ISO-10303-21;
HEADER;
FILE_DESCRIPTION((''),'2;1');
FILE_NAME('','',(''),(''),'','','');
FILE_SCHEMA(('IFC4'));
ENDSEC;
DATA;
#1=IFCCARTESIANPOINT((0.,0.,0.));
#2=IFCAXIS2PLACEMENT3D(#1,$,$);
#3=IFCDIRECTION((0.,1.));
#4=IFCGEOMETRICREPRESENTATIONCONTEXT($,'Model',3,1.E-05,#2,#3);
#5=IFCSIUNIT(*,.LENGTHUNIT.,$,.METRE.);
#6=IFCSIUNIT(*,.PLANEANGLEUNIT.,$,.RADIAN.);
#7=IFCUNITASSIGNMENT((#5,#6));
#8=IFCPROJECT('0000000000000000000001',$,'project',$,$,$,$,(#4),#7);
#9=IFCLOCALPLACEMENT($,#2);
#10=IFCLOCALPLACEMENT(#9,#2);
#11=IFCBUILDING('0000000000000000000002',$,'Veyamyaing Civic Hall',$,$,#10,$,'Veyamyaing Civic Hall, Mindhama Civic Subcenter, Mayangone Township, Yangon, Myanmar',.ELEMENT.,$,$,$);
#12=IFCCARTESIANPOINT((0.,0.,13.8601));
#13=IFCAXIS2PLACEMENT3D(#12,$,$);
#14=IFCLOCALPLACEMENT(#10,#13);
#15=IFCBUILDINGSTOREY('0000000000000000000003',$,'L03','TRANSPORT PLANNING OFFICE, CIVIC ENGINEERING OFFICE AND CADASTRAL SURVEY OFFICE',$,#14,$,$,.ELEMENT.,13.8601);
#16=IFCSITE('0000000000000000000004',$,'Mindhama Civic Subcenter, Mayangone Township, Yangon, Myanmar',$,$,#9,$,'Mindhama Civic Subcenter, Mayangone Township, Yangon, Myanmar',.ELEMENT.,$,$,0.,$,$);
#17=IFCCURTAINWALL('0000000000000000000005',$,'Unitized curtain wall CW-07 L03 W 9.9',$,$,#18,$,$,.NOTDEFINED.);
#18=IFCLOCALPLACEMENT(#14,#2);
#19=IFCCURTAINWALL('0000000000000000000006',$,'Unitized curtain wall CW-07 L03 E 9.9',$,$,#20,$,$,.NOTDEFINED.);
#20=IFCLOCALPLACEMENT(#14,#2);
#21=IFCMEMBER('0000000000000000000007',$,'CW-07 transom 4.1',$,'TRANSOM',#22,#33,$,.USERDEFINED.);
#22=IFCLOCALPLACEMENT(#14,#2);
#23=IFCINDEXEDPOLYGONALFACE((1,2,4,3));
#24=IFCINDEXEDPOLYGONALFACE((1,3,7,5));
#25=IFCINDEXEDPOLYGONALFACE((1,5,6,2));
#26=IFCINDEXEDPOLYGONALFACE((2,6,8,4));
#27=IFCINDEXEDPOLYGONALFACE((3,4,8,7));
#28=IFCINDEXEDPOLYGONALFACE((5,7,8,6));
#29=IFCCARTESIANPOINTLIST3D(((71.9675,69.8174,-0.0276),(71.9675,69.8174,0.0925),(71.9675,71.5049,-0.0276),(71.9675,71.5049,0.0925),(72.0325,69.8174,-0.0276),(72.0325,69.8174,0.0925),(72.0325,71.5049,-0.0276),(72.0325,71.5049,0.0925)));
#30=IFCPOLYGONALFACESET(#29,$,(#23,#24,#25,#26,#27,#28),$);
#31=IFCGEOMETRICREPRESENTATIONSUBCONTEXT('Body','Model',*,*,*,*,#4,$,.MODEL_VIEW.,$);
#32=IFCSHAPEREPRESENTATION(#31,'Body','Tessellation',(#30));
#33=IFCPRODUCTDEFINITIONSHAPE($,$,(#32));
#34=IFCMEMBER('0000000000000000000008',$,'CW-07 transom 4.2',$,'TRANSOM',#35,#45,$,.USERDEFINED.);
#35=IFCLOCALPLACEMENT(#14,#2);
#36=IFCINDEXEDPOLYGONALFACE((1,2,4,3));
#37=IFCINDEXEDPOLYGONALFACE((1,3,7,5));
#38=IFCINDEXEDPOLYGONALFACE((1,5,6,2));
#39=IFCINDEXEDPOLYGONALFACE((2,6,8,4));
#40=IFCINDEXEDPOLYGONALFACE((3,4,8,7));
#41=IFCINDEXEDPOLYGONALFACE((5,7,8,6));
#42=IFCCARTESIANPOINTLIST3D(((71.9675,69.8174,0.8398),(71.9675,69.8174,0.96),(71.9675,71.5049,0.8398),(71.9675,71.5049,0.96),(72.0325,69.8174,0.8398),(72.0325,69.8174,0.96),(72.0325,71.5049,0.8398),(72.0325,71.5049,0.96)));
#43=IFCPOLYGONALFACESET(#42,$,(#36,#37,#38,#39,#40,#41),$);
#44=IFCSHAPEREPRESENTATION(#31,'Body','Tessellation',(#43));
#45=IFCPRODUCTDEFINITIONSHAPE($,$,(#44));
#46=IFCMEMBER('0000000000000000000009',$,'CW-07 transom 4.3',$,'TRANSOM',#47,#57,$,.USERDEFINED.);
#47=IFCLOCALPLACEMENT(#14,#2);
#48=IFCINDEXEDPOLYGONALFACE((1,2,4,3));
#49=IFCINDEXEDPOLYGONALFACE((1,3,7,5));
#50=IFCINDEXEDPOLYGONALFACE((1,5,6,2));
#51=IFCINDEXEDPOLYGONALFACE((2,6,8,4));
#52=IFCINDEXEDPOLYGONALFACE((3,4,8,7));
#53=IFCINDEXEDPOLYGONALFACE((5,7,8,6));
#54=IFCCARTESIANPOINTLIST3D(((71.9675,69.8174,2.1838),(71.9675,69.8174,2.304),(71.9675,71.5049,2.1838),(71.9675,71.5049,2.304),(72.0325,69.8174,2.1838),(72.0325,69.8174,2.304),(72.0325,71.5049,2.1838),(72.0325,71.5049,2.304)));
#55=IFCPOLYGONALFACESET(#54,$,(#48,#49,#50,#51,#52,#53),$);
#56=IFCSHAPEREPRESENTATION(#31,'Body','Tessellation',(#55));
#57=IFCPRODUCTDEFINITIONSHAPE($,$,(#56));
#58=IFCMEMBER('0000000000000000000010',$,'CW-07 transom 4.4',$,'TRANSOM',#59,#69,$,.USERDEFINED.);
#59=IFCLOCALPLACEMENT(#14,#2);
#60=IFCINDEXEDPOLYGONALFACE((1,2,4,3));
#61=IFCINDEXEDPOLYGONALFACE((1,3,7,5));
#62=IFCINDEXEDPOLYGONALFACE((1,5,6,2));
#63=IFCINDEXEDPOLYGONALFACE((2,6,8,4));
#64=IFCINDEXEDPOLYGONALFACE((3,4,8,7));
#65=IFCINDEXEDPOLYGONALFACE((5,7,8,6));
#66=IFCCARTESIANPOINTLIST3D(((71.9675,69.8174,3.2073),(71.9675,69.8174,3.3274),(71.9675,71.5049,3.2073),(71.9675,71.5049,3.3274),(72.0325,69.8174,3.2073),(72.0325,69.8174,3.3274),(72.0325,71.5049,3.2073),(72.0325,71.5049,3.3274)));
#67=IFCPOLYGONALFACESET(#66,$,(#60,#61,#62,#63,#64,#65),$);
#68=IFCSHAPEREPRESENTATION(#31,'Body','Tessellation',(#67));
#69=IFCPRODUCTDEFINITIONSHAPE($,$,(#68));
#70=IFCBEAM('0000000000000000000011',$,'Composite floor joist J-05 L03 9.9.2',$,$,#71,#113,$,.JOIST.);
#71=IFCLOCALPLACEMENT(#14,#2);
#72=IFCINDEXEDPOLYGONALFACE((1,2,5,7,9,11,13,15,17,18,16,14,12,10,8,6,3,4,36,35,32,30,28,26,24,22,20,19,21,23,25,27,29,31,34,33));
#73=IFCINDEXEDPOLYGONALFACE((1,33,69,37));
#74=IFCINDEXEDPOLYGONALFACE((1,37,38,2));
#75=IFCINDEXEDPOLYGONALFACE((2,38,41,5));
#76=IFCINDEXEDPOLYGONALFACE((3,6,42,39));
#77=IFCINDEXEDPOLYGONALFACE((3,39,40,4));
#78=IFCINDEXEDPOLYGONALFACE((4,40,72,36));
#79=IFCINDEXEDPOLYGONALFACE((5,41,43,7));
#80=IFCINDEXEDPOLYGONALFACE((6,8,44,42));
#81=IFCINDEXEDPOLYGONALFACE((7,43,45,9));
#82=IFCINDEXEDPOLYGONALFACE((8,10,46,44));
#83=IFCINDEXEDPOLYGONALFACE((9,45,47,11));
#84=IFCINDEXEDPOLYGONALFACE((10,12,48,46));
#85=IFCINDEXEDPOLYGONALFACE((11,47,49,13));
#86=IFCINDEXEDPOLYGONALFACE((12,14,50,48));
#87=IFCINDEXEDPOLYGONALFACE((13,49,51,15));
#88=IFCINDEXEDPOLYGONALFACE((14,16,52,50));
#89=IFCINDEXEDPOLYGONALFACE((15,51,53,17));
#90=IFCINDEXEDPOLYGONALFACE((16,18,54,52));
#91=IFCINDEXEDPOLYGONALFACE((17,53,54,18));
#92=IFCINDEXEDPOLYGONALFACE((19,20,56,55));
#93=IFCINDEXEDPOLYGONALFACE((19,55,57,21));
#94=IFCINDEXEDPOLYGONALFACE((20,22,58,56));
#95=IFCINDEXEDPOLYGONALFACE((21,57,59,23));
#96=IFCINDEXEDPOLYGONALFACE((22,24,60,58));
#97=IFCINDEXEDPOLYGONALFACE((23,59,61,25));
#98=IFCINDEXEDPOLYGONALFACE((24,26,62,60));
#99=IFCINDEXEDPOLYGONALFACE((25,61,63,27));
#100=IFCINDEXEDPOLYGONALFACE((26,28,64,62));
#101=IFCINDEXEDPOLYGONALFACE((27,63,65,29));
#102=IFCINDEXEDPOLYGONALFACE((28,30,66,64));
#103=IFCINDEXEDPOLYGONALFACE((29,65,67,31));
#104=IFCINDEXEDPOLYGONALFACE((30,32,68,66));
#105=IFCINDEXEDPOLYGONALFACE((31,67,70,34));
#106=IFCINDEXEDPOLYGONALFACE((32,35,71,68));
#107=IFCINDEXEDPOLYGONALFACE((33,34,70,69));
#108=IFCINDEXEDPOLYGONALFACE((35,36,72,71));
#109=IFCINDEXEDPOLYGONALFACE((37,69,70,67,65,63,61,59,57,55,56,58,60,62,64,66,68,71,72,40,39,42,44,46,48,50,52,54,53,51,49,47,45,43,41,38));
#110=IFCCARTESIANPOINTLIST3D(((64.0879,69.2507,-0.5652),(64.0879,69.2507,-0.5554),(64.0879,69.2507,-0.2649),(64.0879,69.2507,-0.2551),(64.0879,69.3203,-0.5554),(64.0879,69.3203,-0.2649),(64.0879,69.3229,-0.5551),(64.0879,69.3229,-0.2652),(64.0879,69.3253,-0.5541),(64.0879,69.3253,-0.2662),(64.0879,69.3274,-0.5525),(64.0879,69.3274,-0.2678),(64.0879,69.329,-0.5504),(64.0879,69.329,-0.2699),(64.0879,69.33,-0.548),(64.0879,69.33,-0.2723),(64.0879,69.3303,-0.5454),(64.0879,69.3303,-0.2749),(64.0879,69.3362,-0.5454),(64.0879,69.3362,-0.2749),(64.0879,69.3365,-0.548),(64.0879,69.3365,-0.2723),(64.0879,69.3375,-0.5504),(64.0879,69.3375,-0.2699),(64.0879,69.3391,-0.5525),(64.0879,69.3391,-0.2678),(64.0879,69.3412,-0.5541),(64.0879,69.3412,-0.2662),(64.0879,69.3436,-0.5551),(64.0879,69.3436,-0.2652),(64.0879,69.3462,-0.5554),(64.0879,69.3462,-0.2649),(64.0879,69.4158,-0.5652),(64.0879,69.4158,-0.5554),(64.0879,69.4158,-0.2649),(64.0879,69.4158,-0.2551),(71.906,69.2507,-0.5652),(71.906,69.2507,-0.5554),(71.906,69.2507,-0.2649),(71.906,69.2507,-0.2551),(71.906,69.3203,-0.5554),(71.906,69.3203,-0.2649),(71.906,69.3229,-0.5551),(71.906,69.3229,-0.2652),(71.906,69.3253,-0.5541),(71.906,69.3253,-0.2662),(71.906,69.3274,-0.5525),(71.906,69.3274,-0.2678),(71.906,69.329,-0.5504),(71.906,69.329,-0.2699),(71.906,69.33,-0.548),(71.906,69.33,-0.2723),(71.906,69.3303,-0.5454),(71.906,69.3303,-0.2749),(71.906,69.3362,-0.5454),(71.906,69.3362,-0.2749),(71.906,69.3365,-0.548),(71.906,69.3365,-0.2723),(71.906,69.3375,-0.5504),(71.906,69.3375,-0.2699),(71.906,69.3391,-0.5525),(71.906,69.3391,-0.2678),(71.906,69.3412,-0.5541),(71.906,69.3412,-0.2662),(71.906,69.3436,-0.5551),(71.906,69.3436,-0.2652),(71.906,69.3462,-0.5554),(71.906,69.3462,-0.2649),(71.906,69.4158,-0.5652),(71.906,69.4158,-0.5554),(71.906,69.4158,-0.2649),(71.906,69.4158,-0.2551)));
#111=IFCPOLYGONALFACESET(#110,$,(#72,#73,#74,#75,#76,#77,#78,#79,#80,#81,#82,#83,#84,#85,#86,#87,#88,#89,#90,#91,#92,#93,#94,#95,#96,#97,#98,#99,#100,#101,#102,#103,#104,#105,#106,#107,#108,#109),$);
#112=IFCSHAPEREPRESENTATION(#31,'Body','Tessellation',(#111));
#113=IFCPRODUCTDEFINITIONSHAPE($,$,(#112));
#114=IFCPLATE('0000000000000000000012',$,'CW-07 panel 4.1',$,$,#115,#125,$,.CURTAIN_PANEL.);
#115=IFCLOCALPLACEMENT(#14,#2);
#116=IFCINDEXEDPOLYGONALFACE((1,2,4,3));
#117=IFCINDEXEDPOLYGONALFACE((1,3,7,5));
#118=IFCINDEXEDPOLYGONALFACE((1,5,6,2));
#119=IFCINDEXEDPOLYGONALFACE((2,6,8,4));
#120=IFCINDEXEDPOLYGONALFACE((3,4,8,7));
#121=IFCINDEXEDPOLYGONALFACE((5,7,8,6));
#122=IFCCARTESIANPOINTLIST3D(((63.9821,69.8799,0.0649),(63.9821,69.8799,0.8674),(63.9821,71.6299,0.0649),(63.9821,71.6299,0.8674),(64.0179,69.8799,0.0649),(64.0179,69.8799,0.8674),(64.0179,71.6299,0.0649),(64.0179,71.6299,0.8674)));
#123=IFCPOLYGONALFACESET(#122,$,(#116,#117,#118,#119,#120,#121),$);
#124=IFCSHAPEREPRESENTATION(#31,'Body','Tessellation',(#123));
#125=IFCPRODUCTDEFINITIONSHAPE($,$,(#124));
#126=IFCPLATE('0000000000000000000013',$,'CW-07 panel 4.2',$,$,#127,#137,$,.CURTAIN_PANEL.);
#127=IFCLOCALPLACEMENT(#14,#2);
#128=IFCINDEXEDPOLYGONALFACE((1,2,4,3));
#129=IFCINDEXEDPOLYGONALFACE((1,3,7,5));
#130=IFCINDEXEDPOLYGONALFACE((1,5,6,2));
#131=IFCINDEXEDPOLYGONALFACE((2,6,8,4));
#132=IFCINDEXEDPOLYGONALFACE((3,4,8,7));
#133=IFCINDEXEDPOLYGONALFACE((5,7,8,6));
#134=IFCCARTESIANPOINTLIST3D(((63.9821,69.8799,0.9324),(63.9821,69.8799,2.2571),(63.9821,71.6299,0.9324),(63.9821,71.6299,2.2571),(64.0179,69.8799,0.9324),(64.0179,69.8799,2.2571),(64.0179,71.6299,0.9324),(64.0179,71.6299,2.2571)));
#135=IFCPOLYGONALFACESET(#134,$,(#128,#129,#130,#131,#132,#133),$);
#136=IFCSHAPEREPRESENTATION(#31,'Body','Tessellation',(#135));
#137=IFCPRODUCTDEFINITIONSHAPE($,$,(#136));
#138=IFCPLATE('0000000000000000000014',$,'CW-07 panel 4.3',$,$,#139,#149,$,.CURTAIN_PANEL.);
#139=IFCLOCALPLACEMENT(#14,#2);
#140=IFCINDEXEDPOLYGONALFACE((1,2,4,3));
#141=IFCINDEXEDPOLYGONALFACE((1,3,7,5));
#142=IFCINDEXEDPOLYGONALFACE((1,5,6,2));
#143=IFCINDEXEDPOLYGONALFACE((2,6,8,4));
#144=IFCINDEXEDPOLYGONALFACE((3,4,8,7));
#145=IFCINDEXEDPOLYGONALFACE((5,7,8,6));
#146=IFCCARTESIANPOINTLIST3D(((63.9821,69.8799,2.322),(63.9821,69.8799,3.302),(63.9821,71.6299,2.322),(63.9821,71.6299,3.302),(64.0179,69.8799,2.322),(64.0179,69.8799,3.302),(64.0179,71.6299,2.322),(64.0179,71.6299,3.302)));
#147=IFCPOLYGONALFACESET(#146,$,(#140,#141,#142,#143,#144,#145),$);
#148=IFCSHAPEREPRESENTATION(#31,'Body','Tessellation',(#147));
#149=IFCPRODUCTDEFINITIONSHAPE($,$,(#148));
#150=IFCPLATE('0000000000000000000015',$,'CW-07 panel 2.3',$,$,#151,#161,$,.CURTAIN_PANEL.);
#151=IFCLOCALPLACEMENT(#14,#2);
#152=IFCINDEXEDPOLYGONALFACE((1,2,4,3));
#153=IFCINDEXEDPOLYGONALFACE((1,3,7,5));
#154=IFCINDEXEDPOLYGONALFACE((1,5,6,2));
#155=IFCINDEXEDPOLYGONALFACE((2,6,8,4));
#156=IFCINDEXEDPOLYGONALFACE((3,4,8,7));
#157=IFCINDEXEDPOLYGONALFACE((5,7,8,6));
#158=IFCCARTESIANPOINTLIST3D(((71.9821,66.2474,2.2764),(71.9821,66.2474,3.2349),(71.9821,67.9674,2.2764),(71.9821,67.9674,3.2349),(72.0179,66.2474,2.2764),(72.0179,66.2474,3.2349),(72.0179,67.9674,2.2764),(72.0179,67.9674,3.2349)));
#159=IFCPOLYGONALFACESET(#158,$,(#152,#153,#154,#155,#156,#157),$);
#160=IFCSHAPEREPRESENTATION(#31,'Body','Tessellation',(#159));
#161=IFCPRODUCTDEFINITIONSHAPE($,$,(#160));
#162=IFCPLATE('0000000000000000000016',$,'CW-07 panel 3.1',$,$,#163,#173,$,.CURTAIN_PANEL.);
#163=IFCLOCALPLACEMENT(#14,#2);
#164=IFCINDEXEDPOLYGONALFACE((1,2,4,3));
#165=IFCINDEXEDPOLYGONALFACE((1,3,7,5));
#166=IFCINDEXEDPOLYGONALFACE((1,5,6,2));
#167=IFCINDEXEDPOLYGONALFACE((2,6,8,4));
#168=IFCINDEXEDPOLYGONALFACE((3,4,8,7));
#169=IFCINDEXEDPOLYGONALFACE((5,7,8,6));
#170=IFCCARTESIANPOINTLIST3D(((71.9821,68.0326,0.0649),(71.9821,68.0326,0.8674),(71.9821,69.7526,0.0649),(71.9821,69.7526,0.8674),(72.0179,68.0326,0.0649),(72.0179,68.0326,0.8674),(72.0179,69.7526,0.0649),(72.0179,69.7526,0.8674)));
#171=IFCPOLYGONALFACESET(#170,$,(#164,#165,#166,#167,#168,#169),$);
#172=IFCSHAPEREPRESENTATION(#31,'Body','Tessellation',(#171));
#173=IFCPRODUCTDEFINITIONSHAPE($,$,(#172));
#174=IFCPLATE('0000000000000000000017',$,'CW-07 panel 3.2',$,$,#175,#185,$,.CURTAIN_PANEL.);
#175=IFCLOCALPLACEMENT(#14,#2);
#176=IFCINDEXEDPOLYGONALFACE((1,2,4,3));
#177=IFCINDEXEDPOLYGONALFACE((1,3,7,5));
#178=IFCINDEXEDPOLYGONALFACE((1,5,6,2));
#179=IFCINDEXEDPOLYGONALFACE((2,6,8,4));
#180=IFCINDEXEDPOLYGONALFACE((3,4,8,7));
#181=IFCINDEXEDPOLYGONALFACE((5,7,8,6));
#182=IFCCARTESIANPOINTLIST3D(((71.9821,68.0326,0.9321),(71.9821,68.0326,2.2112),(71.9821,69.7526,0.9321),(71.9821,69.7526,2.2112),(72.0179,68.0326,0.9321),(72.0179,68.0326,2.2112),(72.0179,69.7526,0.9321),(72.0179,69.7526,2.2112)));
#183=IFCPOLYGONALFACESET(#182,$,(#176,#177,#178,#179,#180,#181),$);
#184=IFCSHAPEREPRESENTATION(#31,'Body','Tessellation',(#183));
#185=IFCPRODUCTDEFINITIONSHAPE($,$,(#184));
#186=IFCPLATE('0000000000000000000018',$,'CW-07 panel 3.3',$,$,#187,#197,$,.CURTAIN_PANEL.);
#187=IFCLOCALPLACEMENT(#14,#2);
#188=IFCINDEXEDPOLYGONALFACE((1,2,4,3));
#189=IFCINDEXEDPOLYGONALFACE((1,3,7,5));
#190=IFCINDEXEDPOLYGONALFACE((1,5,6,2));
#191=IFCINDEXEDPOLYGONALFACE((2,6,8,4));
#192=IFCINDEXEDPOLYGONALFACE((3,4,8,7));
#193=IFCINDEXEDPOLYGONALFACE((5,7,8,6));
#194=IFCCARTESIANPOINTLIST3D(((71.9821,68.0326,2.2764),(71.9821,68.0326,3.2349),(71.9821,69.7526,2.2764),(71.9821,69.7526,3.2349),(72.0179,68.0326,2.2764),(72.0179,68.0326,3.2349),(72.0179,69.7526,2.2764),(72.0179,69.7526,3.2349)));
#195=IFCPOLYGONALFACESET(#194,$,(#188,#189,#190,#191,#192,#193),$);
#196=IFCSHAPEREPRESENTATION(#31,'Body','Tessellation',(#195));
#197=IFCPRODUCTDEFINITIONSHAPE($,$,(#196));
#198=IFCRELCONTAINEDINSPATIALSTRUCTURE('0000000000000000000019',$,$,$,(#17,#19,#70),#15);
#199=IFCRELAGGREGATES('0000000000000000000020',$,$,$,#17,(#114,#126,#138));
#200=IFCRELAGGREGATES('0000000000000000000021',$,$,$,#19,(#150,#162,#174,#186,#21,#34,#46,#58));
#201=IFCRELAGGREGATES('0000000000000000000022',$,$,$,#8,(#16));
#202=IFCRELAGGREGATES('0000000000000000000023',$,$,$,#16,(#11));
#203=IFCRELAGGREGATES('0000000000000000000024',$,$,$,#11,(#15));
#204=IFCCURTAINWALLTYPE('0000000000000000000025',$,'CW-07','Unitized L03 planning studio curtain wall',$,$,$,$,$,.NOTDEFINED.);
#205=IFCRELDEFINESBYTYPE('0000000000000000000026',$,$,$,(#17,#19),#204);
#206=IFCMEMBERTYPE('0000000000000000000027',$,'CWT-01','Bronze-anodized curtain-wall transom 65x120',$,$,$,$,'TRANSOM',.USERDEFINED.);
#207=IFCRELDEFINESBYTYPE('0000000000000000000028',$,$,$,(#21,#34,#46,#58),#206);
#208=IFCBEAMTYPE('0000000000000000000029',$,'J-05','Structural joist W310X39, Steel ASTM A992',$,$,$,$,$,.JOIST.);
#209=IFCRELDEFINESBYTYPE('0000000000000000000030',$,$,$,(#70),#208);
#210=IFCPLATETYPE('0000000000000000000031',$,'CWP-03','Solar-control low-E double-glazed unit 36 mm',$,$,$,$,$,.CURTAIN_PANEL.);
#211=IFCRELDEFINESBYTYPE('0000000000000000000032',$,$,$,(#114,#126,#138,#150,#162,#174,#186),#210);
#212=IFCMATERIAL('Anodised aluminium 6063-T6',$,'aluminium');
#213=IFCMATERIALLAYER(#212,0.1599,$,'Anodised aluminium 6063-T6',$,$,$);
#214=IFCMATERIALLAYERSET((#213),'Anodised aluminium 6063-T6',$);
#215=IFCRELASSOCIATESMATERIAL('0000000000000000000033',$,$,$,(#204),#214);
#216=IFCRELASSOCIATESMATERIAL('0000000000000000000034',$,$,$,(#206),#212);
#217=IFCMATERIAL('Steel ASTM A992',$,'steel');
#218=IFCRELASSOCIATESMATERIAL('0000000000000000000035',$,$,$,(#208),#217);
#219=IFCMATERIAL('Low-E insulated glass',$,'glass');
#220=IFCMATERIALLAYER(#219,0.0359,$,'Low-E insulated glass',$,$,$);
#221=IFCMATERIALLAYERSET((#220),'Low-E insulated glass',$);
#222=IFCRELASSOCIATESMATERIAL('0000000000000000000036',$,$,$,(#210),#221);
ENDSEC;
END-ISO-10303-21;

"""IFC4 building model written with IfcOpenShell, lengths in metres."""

from ifc_helpers import new_model, si_unit, direction, frame, origin, origin_2d, place, context, subcontext, project, spatial, rectangle, i_section, extrude, material, layer, layer_set, material_profile, profile_set, type_object, element, aggregate, save


model = new_model("IFC4")

# Units and contexts
model_context = context("Model", 3, precision=1e-05, world=origin(), true_north=direction((0.0, 1.0)))
body_context = subcontext(model_context, "Body", "Model", "MODEL_VIEW")
ifc_project = project(units=[si_unit("LENGTHUNIT", "METRE"), si_unit("PLANEANGLEUNIT", "RADIAN")], contexts=[model_context])

# Site, building, storey
site_placement = place(None, origin())
site = spatial("IfcSite", under=ifc_project, at=site_placement, Name="Mindhama Civic Subcenter, Mayangone Township, Yangon, Myanmar", LongName="Mindhama Civic Subcenter, Mayangone Township, Yangon, Myanmar", CompositionType="ELEMENT", RefElevation=0.0)
building_placement = place(site_placement, origin())
building = spatial("IfcBuilding", under=site, at=building_placement, Name="Veyamyaing Civic Hall", LongName="Veyamyaing Civic Hall, Mindhama Civic Subcenter, Mayangone Township, Yangon, Myanmar", CompositionType="ELEMENT")
storey_placement = place(building_placement, frame((0.0, 0.0, 13.8601)))
storey = spatial("IfcBuildingStorey", under=building, at=storey_placement, Name="L03", Description="TRANSPORT PLANNING OFFICE, CIVIC ENGINEERING OFFICE AND CADASTRAL SURVEY OFFICE", CompositionType="ELEMENT", Elevation=13.8601)

# Shared definitions
ifc_material_1 = material(Name="Steel ASTM A992", Category="steel")

# Curtain wall
ifc_material_2 = material(Name="Anodised aluminium 6063-T6", Category="aluminium")
ifc_layer_1 = layer(ifc_material_2, 0.1599, Name="Anodised aluminium 6063-T6")
ifc_layer_set_1 = layer_set([ifc_layer_1], Name="Anodised aluminium 6063-T6")
curtain_wall_type = type_object("IfcCurtainWallType", Name="CW-07", Description="Unitized L03 planning studio curtain wall", PredefinedType="NOTDEFINED", material=ifc_layer_set_1)
curtain_wall_1_placement = place(storey_placement, origin())
curtain_wall_1 = element("IfcCurtainWall", 1, at=curtain_wall_1_placement, inside=storey, type_object=curtain_wall_type, Name="Unitized curtain wall CW-07 L03 W 9.9", PredefinedType="NOTDEFINED")

# Curtain wall
curtain_wall_2_placement = place(storey_placement, origin())
curtain_wall_2 = element("IfcCurtainWall", 2, at=curtain_wall_2_placement, inside=storey, type_object=curtain_wall_type, Name="Unitized curtain wall CW-07 L03 E 9.9", PredefinedType="NOTDEFINED")

# Members
ifc_material_profile_1 = material_profile(ifc_material_2, rectangle(XDim=0.0649, YDim=0.1201, at=origin_2d()), Name="ALU-TRN-65X120")
ifc_profile_set_1 = profile_set([ifc_material_profile_1], Name="Anodised aluminium 6063-T6")
member_type_1 = type_object("IfcMemberType", Name="CWT-01", Description="Bronze-anodized curtain-wall transom 65x120", ElementType="TRANSOM", PredefinedType="USERDEFINED", material=ifc_profile_set_1)
member_1_placement = place(storey_placement, frame((72.0, 69.8174, 0.0325), z_axis=(0.0, 1.0, 0.0), x_axis=(-1.0, 0.0, 0.0)))
member_1 = element("IfcMember", 3, at=member_1_placement, type_object=member_type_1, Name="CW-07 transom 4.1", ObjectType="TRANSOM", PredefinedType="USERDEFINED", context=body_context, shape_type="SweptSolid", body=[
    extrude(rectangle(XDim=0.0649, YDim=0.1201, at=origin_2d()), origin(), (0.0, 0.0, 1.0), 1.6875),
])
member_2_placement = place(storey_placement, frame((72.0, 69.8174, 0.8999), z_axis=(0.0, 1.0, 0.0), x_axis=(-1.0, 0.0, 0.0)))
member_2 = element("IfcMember", 4, at=member_2_placement, type_object=member_type_1, Name="CW-07 transom 4.2", ObjectType="TRANSOM", PredefinedType="USERDEFINED", context=body_context, shape_type="SweptSolid", body=[
    extrude(rectangle(XDim=0.0649, YDim=0.1201, at=origin_2d()), origin(), (0.0, 0.0, 1.0), 1.6875),
])
member_3_placement = place(storey_placement, frame((72.0, 69.8174, 2.2439), z_axis=(0.0, 1.0, 0.0), x_axis=(-1.0, 0.0, 0.0)))
member_3 = element("IfcMember", 5, at=member_3_placement, type_object=member_type_1, Name="CW-07 transom 4.3", ObjectType="TRANSOM", PredefinedType="USERDEFINED", context=body_context, shape_type="SweptSolid", body=[
    extrude(rectangle(XDim=0.0649, YDim=0.1201, at=origin_2d()), origin(), (0.0, 0.0, 1.0), 1.6875),
])
member_4_placement = place(storey_placement, frame((72.0, 69.8174, 3.2673), z_axis=(0.0, 1.0, 0.0), x_axis=(-1.0, 0.0, 0.0)))
member_4 = element("IfcMember", 6, at=member_4_placement, type_object=member_type_1, Name="CW-07 transom 4.4", ObjectType="TRANSOM", PredefinedType="USERDEFINED", context=body_context, shape_type="SweptSolid", body=[
    extrude(rectangle(XDim=0.0649, YDim=0.1201, at=origin_2d()), origin(), (0.0, 0.0, 1.0), 1.6875),
])

# Beam
ifc_material_profile_2 = material_profile(ifc_material_1, i_section(OverallWidth=0.165, OverallDepth=0.3101, WebThickness=0.0059, FlangeThickness=0.0098, FilletRadius=0.01, at=origin_2d()), Name="W310X39")
ifc_profile_set_2 = profile_set([ifc_material_profile_2], Name="Steel ASTM A992")
beam_type_1 = type_object("IfcBeamType", Name="J-05", Description="Structural joist W310X39, Steel ASTM A992", PredefinedType="JOIST", material=ifc_profile_set_2)
beam_1_placement = place(storey_placement, frame((64.0879, 69.3333, -0.4102), z_axis=(1.0, 0.0, 0.0), x_axis=(0.0, 1.0, 0.0)))
element("IfcBeam", 7, at=beam_1_placement, inside=storey, type_object=beam_type_1, Name="Composite floor joist J-05 L03 9.9.2", PredefinedType="JOIST", context=body_context, shape_type="SweptSolid", body=[
    extrude(i_section(OverallWidth=0.165, OverallDepth=0.3101, WebThickness=0.0059, FlangeThickness=0.0098, FilletRadius=0.01, at=origin_2d()), origin(), (0.0, 0.0, 1.0), 7.8181),
])

# Plates
ifc_material_3 = material(Name="Low-E insulated glass", Category="glass")
ifc_layer_2 = layer(ifc_material_3, 0.0359, Name="Low-E insulated glass")
ifc_layer_set_2 = layer_set([ifc_layer_2], Name="Low-E insulated glass")
plate_type = type_object("IfcPlateType", Name="CWP-03", Description="Solar-control low-E double-glazed unit 36 mm", PredefinedType="CURTAIN_PANEL", material=ifc_layer_set_2)
plate_1_placement = place(storey_placement, frame((64.0, 70.7549, 0.0649), z_axis=(0.0, 0.0, 1.0), x_axis=(0.0, 1.0, 0.0)))
plate_1 = element("IfcPlate", 8, at=plate_1_placement, type_object=plate_type, Name="CW-07 panel 4.1", PredefinedType="CURTAIN_PANEL", context=body_context, shape_type="SweptSolid", body=[
    extrude(rectangle(XDim=1.75, YDim=0.0359, at=origin_2d()), origin(), (0.0, 0.0, 1.0), 0.8025),
])
plate_2_placement = place(storey_placement, frame((64.0, 70.7549, 0.9324), z_axis=(0.0, 0.0, 1.0), x_axis=(0.0, 1.0, 0.0)))
plate_2 = element("IfcPlate", 9, at=plate_2_placement, type_object=plate_type, Name="CW-07 panel 4.2", PredefinedType="CURTAIN_PANEL", context=body_context, shape_type="SweptSolid", body=[
    extrude(rectangle(XDim=1.75, YDim=0.0359, at=origin_2d()), origin(), (0.0, 0.0, 1.0), 1.3247),
])
plate_3_placement = place(storey_placement, frame((64.0, 70.7549, 2.322), z_axis=(0.0, 0.0, 1.0), x_axis=(0.0, 1.0, 0.0)))
plate_3 = element("IfcPlate", 10, at=plate_3_placement, type_object=plate_type, Name="CW-07 panel 4.3", PredefinedType="CURTAIN_PANEL", context=body_context, shape_type="SweptSolid", body=[
    extrude(rectangle(XDim=1.75, YDim=0.0359, at=origin_2d()), origin(), (0.0, 0.0, 1.0), 0.98),
])
aggregate(curtain_wall_1, [plate_1, plate_2, plate_3])
plate_4_placement = place(storey_placement, frame((72.0, 67.1074, 2.2764), z_axis=(0.0, 0.0, 1.0), x_axis=(0.0, 1.0, 0.0)))
plate_4 = element("IfcPlate", 11, at=plate_4_placement, type_object=plate_type, Name="CW-07 panel 2.3", PredefinedType="CURTAIN_PANEL", context=body_context, shape_type="SweptSolid", body=[
    extrude(rectangle(XDim=1.72, YDim=0.0359, at=origin_2d()), origin(), (0.0, 0.0, 1.0), 0.9585),
])
plate_5_placement = place(storey_placement, frame((72.0, 68.8926, 0.0649), z_axis=(0.0, 0.0, 1.0), x_axis=(0.0, 1.0, 0.0)))
plate_5 = element("IfcPlate", 12, at=plate_5_placement, type_object=plate_type, Name="CW-07 panel 3.1", PredefinedType="CURTAIN_PANEL", context=body_context, shape_type="SweptSolid", body=[
    extrude(rectangle(XDim=1.72, YDim=0.0359, at=origin_2d()), origin(), (0.0, 0.0, 1.0), 0.8025),
])
plate_6_placement = place(storey_placement, frame((72.0, 68.8926, 0.9321), z_axis=(0.0, 0.0, 1.0), x_axis=(0.0, 1.0, 0.0)))
plate_6 = element("IfcPlate", 13, at=plate_6_placement, type_object=plate_type, Name="CW-07 panel 3.2", PredefinedType="CURTAIN_PANEL", context=body_context, shape_type="SweptSolid", body=[
    extrude(rectangle(XDim=1.72, YDim=0.0359, at=origin_2d()), origin(), (0.0, 0.0, 1.0), 1.2791),
])
plate_7_placement = place(storey_placement, frame((72.0, 68.8926, 2.2764), z_axis=(0.0, 0.0, 1.0), x_axis=(0.0, 1.0, 0.0)))
plate_7 = element("IfcPlate", 14, at=plate_7_placement, type_object=plate_type, Name="CW-07 panel 3.3", PredefinedType="CURTAIN_PANEL", context=body_context, shape_type="SweptSolid", body=[
    extrude(rectangle(XDim=1.72, YDim=0.0359, at=origin_2d()), origin(), (0.0, 0.0, 1.0), 0.9585),
])
aggregate(curtain_wall_2, [plate_4, plate_5, plate_6, plate_7, member_1, member_2, member_3, member_4])

save(model, "model.ifc")
